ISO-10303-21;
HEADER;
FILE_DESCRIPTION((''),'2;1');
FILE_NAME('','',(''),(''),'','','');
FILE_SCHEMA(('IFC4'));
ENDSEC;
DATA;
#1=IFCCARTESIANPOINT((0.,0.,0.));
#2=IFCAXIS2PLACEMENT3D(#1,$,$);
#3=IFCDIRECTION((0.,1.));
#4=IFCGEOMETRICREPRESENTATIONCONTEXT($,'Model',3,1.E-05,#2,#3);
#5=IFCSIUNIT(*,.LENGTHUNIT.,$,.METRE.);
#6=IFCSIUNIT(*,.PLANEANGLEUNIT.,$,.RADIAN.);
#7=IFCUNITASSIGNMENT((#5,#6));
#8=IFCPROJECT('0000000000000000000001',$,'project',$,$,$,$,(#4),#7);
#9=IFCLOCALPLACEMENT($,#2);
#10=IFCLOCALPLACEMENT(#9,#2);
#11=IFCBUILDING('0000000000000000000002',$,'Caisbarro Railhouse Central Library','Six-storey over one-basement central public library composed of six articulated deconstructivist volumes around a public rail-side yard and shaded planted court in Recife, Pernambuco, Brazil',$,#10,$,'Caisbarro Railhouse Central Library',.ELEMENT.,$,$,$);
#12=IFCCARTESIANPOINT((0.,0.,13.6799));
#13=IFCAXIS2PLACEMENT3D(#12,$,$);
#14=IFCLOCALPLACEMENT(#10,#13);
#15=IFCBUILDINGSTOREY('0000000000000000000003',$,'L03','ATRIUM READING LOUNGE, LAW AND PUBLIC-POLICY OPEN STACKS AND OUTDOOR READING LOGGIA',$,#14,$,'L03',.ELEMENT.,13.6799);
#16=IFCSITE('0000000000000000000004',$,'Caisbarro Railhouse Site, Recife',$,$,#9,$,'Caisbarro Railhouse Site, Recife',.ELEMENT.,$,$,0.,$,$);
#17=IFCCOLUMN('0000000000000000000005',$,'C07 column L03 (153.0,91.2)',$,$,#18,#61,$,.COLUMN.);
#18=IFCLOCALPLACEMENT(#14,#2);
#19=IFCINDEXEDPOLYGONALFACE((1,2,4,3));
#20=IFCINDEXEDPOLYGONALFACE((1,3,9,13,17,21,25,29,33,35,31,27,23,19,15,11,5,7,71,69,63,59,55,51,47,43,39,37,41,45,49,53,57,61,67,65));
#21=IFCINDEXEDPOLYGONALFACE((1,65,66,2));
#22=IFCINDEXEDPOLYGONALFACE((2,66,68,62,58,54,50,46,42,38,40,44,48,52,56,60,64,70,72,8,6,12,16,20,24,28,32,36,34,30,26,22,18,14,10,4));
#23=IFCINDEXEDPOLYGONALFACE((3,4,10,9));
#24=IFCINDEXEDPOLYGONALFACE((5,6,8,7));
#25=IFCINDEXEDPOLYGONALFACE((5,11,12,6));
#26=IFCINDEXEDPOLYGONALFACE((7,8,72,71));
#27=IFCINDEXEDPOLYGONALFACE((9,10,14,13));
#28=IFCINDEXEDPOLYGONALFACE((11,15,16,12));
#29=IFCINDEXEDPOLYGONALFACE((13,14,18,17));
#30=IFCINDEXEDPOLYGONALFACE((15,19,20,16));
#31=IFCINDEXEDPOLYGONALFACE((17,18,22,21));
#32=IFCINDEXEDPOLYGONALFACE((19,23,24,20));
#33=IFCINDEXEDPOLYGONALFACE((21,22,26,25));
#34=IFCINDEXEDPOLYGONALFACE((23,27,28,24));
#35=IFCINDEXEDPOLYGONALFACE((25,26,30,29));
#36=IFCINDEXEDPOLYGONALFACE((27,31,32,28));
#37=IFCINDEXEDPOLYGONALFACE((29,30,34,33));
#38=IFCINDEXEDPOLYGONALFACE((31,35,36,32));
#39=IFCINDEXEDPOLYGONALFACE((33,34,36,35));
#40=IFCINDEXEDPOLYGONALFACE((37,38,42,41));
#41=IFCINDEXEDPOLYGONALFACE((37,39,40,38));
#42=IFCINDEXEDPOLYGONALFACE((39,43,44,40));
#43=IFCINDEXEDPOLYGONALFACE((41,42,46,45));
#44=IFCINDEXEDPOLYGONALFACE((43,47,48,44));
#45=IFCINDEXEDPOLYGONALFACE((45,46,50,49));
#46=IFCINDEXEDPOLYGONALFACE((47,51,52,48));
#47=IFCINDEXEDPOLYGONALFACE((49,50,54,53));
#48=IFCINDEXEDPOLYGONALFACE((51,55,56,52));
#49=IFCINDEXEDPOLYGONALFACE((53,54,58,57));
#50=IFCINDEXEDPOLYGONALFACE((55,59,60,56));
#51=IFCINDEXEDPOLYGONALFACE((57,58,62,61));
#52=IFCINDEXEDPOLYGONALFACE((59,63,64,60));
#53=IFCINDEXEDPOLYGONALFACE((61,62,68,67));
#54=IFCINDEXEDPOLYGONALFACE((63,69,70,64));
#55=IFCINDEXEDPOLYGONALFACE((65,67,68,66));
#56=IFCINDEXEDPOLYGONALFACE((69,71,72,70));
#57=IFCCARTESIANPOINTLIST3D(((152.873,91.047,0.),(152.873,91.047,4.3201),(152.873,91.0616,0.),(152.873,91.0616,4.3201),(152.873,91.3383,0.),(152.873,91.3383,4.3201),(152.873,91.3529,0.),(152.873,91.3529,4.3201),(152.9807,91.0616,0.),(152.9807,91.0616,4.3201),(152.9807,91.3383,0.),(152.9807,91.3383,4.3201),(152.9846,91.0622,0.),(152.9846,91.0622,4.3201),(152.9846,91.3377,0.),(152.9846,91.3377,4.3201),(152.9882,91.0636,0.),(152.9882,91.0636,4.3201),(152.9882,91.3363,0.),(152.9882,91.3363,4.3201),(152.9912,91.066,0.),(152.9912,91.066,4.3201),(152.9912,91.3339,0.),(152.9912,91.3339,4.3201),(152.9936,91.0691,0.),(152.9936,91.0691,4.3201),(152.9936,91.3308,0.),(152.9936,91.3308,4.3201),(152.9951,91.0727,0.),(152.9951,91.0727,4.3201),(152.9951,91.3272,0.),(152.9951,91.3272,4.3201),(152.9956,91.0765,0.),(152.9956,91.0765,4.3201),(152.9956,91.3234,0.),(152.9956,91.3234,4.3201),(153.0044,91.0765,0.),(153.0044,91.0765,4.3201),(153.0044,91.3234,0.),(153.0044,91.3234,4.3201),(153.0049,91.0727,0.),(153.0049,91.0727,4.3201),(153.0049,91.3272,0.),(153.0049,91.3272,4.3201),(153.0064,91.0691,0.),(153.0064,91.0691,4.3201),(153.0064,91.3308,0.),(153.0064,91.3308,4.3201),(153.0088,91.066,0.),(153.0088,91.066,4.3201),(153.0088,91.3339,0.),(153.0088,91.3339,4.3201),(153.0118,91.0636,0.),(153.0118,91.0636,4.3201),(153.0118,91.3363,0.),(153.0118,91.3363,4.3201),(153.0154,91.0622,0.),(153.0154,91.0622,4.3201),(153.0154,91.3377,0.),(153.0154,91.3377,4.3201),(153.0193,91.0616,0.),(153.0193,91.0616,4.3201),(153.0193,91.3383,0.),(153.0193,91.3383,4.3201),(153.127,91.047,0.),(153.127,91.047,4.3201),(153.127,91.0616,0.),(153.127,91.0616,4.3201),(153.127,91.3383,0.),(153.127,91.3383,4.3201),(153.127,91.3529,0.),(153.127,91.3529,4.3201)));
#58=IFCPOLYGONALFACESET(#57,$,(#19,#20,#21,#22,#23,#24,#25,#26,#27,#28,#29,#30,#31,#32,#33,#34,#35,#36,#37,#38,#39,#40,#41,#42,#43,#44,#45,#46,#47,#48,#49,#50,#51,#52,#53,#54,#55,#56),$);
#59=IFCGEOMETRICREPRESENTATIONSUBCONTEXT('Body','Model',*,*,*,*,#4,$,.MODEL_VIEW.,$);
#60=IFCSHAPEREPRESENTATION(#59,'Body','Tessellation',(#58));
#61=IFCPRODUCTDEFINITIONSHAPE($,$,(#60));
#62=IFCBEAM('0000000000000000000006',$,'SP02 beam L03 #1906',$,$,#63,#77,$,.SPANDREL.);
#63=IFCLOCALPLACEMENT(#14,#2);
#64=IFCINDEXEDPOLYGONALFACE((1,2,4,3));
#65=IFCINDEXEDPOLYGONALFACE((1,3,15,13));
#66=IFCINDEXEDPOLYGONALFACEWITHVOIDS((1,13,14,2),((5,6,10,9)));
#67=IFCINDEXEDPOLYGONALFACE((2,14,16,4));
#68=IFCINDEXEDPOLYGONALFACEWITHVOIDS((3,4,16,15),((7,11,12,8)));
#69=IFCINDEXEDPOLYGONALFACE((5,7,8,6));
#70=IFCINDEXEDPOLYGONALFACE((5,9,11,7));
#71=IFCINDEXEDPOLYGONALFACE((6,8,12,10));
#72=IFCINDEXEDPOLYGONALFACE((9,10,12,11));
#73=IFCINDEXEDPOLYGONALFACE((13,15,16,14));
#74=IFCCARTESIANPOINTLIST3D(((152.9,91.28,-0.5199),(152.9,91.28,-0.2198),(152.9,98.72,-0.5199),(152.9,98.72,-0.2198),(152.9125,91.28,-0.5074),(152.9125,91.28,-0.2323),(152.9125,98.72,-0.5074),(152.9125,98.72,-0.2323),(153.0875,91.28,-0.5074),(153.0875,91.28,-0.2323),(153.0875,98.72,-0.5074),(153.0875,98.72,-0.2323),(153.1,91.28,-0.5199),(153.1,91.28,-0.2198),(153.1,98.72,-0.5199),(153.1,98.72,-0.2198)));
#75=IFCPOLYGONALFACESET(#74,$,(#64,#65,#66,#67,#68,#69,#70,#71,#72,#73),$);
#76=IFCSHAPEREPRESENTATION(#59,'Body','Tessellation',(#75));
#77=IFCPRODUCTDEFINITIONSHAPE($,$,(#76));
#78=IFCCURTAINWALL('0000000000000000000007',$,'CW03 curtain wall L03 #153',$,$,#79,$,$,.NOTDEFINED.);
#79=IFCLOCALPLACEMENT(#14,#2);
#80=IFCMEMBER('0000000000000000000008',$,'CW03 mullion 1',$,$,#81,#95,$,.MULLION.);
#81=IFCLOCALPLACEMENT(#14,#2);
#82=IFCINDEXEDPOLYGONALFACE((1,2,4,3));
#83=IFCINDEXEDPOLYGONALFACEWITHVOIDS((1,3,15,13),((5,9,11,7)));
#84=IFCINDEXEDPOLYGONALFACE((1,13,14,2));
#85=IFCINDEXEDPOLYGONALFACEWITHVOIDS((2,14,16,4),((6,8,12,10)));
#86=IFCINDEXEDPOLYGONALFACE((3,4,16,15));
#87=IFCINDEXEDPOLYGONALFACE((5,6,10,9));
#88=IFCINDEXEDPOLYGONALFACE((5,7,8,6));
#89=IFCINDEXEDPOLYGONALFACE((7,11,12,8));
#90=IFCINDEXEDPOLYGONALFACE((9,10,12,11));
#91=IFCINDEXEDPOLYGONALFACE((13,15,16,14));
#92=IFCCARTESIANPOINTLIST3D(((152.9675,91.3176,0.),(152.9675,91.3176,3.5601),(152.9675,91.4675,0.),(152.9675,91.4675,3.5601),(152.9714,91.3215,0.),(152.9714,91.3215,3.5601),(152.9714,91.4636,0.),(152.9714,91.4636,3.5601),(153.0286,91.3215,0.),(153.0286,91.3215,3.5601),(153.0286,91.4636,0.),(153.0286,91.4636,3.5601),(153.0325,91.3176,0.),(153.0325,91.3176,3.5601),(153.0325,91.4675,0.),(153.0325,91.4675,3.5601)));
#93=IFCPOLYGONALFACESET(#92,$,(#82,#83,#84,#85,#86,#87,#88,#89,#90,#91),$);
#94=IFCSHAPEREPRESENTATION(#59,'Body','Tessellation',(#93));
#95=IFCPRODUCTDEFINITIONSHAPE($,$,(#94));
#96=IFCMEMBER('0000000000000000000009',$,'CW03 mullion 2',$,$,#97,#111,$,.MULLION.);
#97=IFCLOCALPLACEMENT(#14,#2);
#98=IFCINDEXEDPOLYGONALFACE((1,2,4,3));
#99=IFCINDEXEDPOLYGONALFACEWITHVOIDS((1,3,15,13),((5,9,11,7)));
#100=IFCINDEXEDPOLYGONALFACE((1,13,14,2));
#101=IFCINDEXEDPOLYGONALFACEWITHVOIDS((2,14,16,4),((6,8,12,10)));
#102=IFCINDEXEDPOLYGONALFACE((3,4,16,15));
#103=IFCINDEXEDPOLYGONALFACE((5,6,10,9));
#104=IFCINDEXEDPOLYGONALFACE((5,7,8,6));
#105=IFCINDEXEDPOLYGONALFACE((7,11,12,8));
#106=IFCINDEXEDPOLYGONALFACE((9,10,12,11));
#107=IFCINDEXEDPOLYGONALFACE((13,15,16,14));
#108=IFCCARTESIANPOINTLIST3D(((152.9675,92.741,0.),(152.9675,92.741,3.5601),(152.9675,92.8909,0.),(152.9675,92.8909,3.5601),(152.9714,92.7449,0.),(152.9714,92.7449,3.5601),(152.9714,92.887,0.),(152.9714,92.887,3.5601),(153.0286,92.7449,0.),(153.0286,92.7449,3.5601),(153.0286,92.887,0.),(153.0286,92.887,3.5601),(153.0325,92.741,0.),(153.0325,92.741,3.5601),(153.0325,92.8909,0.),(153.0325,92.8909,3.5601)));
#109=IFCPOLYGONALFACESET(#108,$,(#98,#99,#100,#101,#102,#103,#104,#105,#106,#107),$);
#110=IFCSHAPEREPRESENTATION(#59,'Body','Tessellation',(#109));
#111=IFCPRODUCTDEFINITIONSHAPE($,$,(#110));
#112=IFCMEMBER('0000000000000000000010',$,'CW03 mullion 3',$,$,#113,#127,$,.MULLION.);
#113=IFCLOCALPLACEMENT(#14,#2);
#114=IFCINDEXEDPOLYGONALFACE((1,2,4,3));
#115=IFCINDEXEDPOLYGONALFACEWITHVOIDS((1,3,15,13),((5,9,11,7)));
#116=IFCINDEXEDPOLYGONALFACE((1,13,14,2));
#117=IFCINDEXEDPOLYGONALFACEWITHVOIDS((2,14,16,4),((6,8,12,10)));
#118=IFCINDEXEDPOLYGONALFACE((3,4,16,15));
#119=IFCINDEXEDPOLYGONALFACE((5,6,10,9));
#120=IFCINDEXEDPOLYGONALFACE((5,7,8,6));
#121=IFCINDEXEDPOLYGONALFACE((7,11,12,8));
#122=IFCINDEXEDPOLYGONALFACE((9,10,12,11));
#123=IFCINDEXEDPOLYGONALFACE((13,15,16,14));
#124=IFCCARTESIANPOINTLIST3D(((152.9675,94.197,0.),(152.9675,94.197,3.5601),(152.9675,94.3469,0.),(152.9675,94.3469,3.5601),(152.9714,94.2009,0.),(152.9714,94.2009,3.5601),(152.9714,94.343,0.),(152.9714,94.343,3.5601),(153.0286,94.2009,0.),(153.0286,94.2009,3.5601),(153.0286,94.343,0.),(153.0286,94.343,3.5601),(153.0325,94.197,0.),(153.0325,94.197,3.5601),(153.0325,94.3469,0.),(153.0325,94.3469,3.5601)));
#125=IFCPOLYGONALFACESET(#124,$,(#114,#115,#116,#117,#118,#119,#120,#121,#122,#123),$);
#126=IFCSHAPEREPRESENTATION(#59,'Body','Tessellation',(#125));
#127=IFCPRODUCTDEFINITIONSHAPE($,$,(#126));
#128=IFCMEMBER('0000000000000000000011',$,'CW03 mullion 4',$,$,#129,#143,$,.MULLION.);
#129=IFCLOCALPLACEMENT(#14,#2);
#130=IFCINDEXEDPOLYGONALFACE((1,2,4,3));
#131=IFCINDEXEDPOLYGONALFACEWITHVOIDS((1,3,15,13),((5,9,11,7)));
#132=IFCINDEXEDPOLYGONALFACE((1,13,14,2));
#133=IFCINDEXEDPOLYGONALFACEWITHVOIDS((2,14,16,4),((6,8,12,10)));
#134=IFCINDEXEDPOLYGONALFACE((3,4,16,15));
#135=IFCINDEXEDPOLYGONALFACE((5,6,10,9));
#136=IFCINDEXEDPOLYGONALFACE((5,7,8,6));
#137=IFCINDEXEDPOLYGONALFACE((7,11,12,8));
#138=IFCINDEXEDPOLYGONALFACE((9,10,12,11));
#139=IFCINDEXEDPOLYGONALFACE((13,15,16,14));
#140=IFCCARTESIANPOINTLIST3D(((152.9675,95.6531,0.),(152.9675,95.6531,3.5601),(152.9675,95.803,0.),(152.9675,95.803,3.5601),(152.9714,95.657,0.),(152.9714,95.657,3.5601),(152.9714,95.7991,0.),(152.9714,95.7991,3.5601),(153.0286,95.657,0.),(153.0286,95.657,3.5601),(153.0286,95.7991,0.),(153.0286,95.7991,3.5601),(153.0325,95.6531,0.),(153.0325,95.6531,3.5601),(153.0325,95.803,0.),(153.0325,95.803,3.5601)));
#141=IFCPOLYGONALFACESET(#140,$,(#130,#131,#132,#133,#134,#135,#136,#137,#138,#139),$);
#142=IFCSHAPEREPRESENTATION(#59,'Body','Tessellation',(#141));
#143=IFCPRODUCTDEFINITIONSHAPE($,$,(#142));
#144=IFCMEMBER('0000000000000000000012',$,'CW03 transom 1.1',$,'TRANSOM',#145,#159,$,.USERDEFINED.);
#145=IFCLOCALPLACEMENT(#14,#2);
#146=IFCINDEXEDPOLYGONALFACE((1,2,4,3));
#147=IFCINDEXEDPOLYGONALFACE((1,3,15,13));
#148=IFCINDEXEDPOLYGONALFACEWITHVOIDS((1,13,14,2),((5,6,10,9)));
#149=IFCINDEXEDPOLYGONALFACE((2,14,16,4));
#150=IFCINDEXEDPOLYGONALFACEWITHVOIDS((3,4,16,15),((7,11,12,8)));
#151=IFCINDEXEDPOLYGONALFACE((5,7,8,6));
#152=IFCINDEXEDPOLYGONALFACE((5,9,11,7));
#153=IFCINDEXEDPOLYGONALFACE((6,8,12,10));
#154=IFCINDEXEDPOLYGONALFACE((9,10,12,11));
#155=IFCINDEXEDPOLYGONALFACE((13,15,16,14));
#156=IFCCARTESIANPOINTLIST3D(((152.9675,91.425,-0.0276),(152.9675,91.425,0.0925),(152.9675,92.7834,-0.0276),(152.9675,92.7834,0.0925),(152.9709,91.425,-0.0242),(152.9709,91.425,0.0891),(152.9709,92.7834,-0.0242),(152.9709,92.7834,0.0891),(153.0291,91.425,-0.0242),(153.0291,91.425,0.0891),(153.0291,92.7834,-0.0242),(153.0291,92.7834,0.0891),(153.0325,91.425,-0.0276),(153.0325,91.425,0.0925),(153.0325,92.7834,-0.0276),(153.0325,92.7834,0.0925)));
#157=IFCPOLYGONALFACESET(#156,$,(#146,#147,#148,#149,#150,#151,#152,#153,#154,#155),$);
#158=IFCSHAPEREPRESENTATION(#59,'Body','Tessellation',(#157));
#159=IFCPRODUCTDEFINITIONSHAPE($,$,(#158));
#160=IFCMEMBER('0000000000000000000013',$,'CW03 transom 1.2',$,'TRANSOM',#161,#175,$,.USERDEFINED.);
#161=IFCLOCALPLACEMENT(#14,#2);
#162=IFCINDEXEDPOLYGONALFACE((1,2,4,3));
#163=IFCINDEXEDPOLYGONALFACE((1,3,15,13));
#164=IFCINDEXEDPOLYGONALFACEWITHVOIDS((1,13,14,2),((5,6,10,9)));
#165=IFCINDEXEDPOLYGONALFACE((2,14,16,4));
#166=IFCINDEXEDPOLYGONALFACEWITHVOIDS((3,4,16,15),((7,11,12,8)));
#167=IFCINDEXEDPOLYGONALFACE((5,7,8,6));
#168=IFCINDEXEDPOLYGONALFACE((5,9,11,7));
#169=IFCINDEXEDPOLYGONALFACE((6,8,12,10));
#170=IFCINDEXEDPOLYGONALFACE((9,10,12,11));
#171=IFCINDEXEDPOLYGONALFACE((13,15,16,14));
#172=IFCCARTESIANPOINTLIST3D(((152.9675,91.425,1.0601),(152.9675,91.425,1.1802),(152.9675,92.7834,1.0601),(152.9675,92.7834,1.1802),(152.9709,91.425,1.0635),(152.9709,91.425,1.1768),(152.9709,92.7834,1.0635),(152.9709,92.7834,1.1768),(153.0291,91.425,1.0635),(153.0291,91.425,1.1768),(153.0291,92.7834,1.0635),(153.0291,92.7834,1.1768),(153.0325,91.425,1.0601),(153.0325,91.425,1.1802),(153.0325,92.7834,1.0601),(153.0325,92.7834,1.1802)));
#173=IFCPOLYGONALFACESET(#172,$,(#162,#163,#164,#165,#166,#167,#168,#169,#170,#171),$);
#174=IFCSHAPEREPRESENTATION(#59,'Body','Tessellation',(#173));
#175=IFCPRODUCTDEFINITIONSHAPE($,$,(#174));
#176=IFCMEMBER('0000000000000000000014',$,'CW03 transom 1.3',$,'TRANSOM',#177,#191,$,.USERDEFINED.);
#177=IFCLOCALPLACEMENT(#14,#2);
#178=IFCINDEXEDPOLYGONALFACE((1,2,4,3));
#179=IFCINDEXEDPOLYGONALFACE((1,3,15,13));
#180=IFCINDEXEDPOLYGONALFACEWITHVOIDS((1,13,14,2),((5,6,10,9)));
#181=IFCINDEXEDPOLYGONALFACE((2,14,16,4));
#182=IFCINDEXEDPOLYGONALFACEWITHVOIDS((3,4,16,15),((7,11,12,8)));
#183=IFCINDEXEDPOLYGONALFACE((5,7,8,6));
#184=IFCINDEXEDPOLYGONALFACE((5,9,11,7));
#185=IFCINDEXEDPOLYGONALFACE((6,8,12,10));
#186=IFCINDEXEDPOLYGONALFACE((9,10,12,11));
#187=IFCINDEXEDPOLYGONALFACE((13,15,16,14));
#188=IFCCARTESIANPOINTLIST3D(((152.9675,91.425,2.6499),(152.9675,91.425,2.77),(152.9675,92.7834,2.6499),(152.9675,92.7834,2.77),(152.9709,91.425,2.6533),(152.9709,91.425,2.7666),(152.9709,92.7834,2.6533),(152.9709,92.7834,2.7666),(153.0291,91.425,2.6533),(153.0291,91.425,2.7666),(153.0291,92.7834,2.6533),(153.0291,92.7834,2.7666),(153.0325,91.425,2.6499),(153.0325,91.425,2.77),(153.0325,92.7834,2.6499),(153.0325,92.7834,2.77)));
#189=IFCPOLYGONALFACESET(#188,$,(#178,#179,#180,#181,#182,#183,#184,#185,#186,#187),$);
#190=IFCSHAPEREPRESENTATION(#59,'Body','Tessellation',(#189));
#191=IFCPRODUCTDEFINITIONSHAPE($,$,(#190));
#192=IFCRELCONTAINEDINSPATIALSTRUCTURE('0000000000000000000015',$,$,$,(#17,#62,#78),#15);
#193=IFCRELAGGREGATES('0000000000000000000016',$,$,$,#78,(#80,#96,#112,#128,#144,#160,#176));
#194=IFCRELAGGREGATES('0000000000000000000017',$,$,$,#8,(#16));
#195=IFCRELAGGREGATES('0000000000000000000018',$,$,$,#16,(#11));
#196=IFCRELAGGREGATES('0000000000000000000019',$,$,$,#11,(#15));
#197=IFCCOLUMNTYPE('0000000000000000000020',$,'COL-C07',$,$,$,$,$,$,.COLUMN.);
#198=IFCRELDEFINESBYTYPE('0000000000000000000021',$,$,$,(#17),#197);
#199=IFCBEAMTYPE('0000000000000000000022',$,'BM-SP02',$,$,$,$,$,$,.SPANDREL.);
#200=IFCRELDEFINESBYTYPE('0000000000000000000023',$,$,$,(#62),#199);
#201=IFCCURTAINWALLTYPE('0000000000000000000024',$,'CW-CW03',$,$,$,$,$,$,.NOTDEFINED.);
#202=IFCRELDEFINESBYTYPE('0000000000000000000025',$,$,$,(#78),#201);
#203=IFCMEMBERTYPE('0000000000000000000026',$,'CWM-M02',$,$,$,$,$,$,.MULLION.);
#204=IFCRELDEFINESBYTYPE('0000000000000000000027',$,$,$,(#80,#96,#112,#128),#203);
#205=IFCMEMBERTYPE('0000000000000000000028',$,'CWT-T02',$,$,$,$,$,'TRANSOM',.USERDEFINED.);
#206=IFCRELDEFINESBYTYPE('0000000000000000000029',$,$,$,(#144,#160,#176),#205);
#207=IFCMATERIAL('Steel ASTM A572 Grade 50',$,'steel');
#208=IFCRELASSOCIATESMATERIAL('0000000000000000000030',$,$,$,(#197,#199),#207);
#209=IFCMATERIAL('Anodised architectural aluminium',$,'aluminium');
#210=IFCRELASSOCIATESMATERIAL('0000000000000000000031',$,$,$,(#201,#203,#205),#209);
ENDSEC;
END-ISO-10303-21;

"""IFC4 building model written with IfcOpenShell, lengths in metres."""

from ifc_helpers import new_model, si_unit, direction, frame, origin, origin_2d, place, context, subcontext, project, spatial, hollow_rectangle, i_section, extrude, material, material_profile, profile_set, type_object, element, aggregate, save


model = new_model("IFC4")

# Units and contexts
model_context = context("Model", 3, precision=1e-05, world=origin(), true_north=direction((0.0, 1.0)))
body_context = subcontext(model_context, "Body", "Model", "MODEL_VIEW")
ifc_project = project(units=[si_unit("LENGTHUNIT", "METRE"), si_unit("PLANEANGLEUNIT", "RADIAN")], contexts=[model_context])

# Site, building, storey
site_placement = place(None, origin())
site = spatial("IfcSite", under=ifc_project, at=site_placement, Name="Caisbarro Railhouse Site, Recife", LongName="Caisbarro Railhouse Site, Recife", CompositionType="ELEMENT", RefElevation=0.0)
building_placement = place(site_placement, origin())
building = spatial("IfcBuilding", under=site, at=building_placement, Name="Caisbarro Railhouse Central Library", Description="Six-storey over one-basement central public library composed of six articulated deconstructivist volumes around a public rail-side yard and shaded planted court in Recife, Pernambuco, Brazil", LongName="Caisbarro Railhouse Central Library", CompositionType="ELEMENT")
storey_placement = place(building_placement, frame((0.0, 0.0, 13.6799)))
storey = spatial("IfcBuildingStorey", under=building, at=storey_placement, Name="L03", Description="ATRIUM READING LOUNGE, LAW AND PUBLIC-POLICY OPEN STACKS AND OUTDOOR READING LOGGIA", LongName="L03", CompositionType="ELEMENT", Elevation=13.6799)

# Column
ifc_material_1 = material(Name="Steel ASTM A572 Grade 50", Category="steel")
ifc_material_profile_1 = material_profile(ifc_material_1, i_section(OverallWidth=0.2539, OverallDepth=0.3059, WebThickness=0.0088, FlangeThickness=0.0146, FilletRadius=0.0149, at=origin_2d()), Name="W310X79.0")
ifc_profile_set_1 = profile_set([ifc_material_profile_1], Name="Steel ASTM A572 Grade 50")
column_type = type_object("IfcColumnType", Name="COL-C07", PredefinedType="COLUMN", material=ifc_profile_set_1)
column_placement = place(storey_placement, frame((153.0, 91.2, 0.0), z_axis=(0.0, 0.0, 1.0), x_axis=(1.0, 0.0, 0.0)))
element("IfcColumn", 1, at=column_placement, inside=storey, type_object=column_type, Name="C07 column L03 (153.0,91.2)", PredefinedType="COLUMN", context=body_context, shape_type="SweptSolid", body=[
    extrude(i_section(OverallWidth=0.2539, OverallDepth=0.3059, WebThickness=0.0088, FlangeThickness=0.0146, FilletRadius=0.0149, at=origin_2d()), origin(), (0.0, 0.0, 1.0), 4.3201),
])

# Beam
ifc_material_profile_2 = material_profile(ifc_material_1, hollow_rectangle(XDim=0.2, YDim=0.3, WallThickness=0.0125, at=origin_2d()), Name="HSS300X200X12.5")
ifc_profile_set_2 = profile_set([ifc_material_profile_2], Name="Steel ASTM A572 Grade 50")
beam_type = type_object("IfcBeamType", Name="BM-SP02", PredefinedType="SPANDREL", material=ifc_profile_set_2)
beam_placement = place(storey_placement, frame((153.0, 91.28, -0.3699), z_axis=(0.0, 1.0, 0.0), x_axis=(-1.0, 0.0, 0.0)))
element("IfcBeam", 2, at=beam_placement, inside=storey, type_object=beam_type, Name="SP02 beam L03 #1906", PredefinedType="SPANDREL", context=body_context, shape_type="SweptSolid", body=[
    extrude(hollow_rectangle(XDim=0.2, YDim=0.3, WallThickness=0.0125, at=origin_2d()), origin(), (0.0, 0.0, 1.0), 7.4399),
])

# Curtain wall, members
ifc_material_2 = material(Name="Anodised architectural aluminium", Category="aluminium")
curtain_wall_type = type_object("IfcCurtainWallType", Name="CW-CW03", PredefinedType="NOTDEFINED", material=ifc_material_2)
curtain_wall_placement = place(storey_placement, origin())
curtain_wall = element("IfcCurtainWall", 3, at=curtain_wall_placement, inside=storey, type_object=curtain_wall_type, Name="CW03 curtain wall L03 #153", PredefinedType="NOTDEFINED")
ifc_material_profile_3 = material_profile(ifc_material_2, hollow_rectangle(XDim=0.0649, YDim=0.1499, WallThickness=0.0039, at=origin_2d()), Name="ALU-MUL-65X150")
ifc_profile_set_3 = profile_set([ifc_material_profile_3], Name="Anodised architectural aluminium")
member_type_1 = type_object("IfcMemberType", Name="CWM-M02", PredefinedType="MULLION", material=ifc_profile_set_3)
member_1_placement = place(storey_placement, frame((153.0, 91.3926, 0.0), z_axis=(0.0, 0.0, 1.0), x_axis=(-1.0, 0.0, 0.0)))
member_1 = element("IfcMember", 4, at=member_1_placement, type_object=member_type_1, Name="CW03 mullion 1", PredefinedType="MULLION", context=body_context, shape_type="SweptSolid", body=[
    extrude(hollow_rectangle(XDim=0.0649, YDim=0.1499, WallThickness=0.0039, at=origin_2d()), origin(), (0.0, 0.0, 1.0), 3.5601),
])
member_2_placement = place(storey_placement, frame((153.0, 92.8159, 0.0), z_axis=(0.0, 0.0, 1.0), x_axis=(-1.0, 0.0, 0.0)))
member_2 = element("IfcMember", 5, at=member_2_placement, type_object=member_type_1, Name="CW03 mullion 2", PredefinedType="MULLION", context=body_context, shape_type="SweptSolid", body=[
    extrude(hollow_rectangle(XDim=0.0649, YDim=0.1499, WallThickness=0.0039, at=origin_2d()), origin(), (0.0, 0.0, 1.0), 3.5601),
])
member_3_placement = place(storey_placement, frame((153.0, 94.272, 0.0), z_axis=(0.0, 0.0, 1.0), x_axis=(-1.0, 0.0, 0.0)))
member_3 = element("IfcMember", 6, at=member_3_placement, type_object=member_type_1, Name="CW03 mullion 3", PredefinedType="MULLION", context=body_context, shape_type="SweptSolid", body=[
    extrude(hollow_rectangle(XDim=0.0649, YDim=0.1499, WallThickness=0.0039, at=origin_2d()), origin(), (0.0, 0.0, 1.0), 3.5601),
])
member_4_placement = place(storey_placement, frame((153.0, 95.728, 0.0), z_axis=(0.0, 0.0, 1.0), x_axis=(-1.0, 0.0, 0.0)))
member_4 = element("IfcMember", 7, at=member_4_placement, type_object=member_type_1, Name="CW03 mullion 4", PredefinedType="MULLION", context=body_context, shape_type="SweptSolid", body=[
    extrude(hollow_rectangle(XDim=0.0649, YDim=0.1499, WallThickness=0.0039, at=origin_2d()), origin(), (0.0, 0.0, 1.0), 3.5601),
])
ifc_material_profile_4 = material_profile(ifc_material_2, hollow_rectangle(XDim=0.0649, YDim=0.1201, WallThickness=0.0034, at=origin_2d()), Name="ALU-TRN-65X120")
ifc_profile_set_4 = profile_set([ifc_material_profile_4], Name="Anodised architectural aluminium")
member_type_2 = type_object("IfcMemberType", Name="CWT-T02", ElementType="TRANSOM", PredefinedType="USERDEFINED", material=ifc_profile_set_4)
member_5_placement = place(storey_placement, frame((153.0, 91.425, 0.0325), z_axis=(0.0, 1.0, 0.0), x_axis=(-1.0, 0.0, 0.0)))
member_5 = element("IfcMember", 8, at=member_5_placement, type_object=member_type_2, Name="CW03 transom 1.1", ObjectType="TRANSOM", PredefinedType="USERDEFINED", context=body_context, shape_type="SweptSolid", body=[
    extrude(hollow_rectangle(XDim=0.0649, YDim=0.1201, WallThickness=0.0034, at=origin_2d()), origin(), (0.0, 0.0, 1.0), 1.3584),
])
member_6_placement = place(storey_placement, frame((153.0, 91.425, 1.1201), z_axis=(0.0, 1.0, 0.0), x_axis=(-1.0, 0.0, 0.0)))
member_6 = element("IfcMember", 9, at=member_6_placement, type_object=member_type_2, Name="CW03 transom 1.2", ObjectType="TRANSOM", PredefinedType="USERDEFINED", context=body_context, shape_type="SweptSolid", body=[
    extrude(hollow_rectangle(XDim=0.0649, YDim=0.1201, WallThickness=0.0034, at=origin_2d()), origin(), (0.0, 0.0, 1.0), 1.3584),
])
member_7_placement = place(storey_placement, frame((153.0, 91.425, 2.71), z_axis=(0.0, 1.0, 0.0), x_axis=(-1.0, 0.0, 0.0)))
member_7 = element("IfcMember", 10, at=member_7_placement, type_object=member_type_2, Name="CW03 transom 1.3", ObjectType="TRANSOM", PredefinedType="USERDEFINED", context=body_context, shape_type="SweptSolid", body=[
    extrude(hollow_rectangle(XDim=0.0649, YDim=0.1201, WallThickness=0.0034, at=origin_2d()), origin(), (0.0, 0.0, 1.0), 1.3584),
])
aggregate(curtain_wall, [member_1, member_2, member_3, member_4, member_5, member_6, member_7])

save(model, "model.ifc")
